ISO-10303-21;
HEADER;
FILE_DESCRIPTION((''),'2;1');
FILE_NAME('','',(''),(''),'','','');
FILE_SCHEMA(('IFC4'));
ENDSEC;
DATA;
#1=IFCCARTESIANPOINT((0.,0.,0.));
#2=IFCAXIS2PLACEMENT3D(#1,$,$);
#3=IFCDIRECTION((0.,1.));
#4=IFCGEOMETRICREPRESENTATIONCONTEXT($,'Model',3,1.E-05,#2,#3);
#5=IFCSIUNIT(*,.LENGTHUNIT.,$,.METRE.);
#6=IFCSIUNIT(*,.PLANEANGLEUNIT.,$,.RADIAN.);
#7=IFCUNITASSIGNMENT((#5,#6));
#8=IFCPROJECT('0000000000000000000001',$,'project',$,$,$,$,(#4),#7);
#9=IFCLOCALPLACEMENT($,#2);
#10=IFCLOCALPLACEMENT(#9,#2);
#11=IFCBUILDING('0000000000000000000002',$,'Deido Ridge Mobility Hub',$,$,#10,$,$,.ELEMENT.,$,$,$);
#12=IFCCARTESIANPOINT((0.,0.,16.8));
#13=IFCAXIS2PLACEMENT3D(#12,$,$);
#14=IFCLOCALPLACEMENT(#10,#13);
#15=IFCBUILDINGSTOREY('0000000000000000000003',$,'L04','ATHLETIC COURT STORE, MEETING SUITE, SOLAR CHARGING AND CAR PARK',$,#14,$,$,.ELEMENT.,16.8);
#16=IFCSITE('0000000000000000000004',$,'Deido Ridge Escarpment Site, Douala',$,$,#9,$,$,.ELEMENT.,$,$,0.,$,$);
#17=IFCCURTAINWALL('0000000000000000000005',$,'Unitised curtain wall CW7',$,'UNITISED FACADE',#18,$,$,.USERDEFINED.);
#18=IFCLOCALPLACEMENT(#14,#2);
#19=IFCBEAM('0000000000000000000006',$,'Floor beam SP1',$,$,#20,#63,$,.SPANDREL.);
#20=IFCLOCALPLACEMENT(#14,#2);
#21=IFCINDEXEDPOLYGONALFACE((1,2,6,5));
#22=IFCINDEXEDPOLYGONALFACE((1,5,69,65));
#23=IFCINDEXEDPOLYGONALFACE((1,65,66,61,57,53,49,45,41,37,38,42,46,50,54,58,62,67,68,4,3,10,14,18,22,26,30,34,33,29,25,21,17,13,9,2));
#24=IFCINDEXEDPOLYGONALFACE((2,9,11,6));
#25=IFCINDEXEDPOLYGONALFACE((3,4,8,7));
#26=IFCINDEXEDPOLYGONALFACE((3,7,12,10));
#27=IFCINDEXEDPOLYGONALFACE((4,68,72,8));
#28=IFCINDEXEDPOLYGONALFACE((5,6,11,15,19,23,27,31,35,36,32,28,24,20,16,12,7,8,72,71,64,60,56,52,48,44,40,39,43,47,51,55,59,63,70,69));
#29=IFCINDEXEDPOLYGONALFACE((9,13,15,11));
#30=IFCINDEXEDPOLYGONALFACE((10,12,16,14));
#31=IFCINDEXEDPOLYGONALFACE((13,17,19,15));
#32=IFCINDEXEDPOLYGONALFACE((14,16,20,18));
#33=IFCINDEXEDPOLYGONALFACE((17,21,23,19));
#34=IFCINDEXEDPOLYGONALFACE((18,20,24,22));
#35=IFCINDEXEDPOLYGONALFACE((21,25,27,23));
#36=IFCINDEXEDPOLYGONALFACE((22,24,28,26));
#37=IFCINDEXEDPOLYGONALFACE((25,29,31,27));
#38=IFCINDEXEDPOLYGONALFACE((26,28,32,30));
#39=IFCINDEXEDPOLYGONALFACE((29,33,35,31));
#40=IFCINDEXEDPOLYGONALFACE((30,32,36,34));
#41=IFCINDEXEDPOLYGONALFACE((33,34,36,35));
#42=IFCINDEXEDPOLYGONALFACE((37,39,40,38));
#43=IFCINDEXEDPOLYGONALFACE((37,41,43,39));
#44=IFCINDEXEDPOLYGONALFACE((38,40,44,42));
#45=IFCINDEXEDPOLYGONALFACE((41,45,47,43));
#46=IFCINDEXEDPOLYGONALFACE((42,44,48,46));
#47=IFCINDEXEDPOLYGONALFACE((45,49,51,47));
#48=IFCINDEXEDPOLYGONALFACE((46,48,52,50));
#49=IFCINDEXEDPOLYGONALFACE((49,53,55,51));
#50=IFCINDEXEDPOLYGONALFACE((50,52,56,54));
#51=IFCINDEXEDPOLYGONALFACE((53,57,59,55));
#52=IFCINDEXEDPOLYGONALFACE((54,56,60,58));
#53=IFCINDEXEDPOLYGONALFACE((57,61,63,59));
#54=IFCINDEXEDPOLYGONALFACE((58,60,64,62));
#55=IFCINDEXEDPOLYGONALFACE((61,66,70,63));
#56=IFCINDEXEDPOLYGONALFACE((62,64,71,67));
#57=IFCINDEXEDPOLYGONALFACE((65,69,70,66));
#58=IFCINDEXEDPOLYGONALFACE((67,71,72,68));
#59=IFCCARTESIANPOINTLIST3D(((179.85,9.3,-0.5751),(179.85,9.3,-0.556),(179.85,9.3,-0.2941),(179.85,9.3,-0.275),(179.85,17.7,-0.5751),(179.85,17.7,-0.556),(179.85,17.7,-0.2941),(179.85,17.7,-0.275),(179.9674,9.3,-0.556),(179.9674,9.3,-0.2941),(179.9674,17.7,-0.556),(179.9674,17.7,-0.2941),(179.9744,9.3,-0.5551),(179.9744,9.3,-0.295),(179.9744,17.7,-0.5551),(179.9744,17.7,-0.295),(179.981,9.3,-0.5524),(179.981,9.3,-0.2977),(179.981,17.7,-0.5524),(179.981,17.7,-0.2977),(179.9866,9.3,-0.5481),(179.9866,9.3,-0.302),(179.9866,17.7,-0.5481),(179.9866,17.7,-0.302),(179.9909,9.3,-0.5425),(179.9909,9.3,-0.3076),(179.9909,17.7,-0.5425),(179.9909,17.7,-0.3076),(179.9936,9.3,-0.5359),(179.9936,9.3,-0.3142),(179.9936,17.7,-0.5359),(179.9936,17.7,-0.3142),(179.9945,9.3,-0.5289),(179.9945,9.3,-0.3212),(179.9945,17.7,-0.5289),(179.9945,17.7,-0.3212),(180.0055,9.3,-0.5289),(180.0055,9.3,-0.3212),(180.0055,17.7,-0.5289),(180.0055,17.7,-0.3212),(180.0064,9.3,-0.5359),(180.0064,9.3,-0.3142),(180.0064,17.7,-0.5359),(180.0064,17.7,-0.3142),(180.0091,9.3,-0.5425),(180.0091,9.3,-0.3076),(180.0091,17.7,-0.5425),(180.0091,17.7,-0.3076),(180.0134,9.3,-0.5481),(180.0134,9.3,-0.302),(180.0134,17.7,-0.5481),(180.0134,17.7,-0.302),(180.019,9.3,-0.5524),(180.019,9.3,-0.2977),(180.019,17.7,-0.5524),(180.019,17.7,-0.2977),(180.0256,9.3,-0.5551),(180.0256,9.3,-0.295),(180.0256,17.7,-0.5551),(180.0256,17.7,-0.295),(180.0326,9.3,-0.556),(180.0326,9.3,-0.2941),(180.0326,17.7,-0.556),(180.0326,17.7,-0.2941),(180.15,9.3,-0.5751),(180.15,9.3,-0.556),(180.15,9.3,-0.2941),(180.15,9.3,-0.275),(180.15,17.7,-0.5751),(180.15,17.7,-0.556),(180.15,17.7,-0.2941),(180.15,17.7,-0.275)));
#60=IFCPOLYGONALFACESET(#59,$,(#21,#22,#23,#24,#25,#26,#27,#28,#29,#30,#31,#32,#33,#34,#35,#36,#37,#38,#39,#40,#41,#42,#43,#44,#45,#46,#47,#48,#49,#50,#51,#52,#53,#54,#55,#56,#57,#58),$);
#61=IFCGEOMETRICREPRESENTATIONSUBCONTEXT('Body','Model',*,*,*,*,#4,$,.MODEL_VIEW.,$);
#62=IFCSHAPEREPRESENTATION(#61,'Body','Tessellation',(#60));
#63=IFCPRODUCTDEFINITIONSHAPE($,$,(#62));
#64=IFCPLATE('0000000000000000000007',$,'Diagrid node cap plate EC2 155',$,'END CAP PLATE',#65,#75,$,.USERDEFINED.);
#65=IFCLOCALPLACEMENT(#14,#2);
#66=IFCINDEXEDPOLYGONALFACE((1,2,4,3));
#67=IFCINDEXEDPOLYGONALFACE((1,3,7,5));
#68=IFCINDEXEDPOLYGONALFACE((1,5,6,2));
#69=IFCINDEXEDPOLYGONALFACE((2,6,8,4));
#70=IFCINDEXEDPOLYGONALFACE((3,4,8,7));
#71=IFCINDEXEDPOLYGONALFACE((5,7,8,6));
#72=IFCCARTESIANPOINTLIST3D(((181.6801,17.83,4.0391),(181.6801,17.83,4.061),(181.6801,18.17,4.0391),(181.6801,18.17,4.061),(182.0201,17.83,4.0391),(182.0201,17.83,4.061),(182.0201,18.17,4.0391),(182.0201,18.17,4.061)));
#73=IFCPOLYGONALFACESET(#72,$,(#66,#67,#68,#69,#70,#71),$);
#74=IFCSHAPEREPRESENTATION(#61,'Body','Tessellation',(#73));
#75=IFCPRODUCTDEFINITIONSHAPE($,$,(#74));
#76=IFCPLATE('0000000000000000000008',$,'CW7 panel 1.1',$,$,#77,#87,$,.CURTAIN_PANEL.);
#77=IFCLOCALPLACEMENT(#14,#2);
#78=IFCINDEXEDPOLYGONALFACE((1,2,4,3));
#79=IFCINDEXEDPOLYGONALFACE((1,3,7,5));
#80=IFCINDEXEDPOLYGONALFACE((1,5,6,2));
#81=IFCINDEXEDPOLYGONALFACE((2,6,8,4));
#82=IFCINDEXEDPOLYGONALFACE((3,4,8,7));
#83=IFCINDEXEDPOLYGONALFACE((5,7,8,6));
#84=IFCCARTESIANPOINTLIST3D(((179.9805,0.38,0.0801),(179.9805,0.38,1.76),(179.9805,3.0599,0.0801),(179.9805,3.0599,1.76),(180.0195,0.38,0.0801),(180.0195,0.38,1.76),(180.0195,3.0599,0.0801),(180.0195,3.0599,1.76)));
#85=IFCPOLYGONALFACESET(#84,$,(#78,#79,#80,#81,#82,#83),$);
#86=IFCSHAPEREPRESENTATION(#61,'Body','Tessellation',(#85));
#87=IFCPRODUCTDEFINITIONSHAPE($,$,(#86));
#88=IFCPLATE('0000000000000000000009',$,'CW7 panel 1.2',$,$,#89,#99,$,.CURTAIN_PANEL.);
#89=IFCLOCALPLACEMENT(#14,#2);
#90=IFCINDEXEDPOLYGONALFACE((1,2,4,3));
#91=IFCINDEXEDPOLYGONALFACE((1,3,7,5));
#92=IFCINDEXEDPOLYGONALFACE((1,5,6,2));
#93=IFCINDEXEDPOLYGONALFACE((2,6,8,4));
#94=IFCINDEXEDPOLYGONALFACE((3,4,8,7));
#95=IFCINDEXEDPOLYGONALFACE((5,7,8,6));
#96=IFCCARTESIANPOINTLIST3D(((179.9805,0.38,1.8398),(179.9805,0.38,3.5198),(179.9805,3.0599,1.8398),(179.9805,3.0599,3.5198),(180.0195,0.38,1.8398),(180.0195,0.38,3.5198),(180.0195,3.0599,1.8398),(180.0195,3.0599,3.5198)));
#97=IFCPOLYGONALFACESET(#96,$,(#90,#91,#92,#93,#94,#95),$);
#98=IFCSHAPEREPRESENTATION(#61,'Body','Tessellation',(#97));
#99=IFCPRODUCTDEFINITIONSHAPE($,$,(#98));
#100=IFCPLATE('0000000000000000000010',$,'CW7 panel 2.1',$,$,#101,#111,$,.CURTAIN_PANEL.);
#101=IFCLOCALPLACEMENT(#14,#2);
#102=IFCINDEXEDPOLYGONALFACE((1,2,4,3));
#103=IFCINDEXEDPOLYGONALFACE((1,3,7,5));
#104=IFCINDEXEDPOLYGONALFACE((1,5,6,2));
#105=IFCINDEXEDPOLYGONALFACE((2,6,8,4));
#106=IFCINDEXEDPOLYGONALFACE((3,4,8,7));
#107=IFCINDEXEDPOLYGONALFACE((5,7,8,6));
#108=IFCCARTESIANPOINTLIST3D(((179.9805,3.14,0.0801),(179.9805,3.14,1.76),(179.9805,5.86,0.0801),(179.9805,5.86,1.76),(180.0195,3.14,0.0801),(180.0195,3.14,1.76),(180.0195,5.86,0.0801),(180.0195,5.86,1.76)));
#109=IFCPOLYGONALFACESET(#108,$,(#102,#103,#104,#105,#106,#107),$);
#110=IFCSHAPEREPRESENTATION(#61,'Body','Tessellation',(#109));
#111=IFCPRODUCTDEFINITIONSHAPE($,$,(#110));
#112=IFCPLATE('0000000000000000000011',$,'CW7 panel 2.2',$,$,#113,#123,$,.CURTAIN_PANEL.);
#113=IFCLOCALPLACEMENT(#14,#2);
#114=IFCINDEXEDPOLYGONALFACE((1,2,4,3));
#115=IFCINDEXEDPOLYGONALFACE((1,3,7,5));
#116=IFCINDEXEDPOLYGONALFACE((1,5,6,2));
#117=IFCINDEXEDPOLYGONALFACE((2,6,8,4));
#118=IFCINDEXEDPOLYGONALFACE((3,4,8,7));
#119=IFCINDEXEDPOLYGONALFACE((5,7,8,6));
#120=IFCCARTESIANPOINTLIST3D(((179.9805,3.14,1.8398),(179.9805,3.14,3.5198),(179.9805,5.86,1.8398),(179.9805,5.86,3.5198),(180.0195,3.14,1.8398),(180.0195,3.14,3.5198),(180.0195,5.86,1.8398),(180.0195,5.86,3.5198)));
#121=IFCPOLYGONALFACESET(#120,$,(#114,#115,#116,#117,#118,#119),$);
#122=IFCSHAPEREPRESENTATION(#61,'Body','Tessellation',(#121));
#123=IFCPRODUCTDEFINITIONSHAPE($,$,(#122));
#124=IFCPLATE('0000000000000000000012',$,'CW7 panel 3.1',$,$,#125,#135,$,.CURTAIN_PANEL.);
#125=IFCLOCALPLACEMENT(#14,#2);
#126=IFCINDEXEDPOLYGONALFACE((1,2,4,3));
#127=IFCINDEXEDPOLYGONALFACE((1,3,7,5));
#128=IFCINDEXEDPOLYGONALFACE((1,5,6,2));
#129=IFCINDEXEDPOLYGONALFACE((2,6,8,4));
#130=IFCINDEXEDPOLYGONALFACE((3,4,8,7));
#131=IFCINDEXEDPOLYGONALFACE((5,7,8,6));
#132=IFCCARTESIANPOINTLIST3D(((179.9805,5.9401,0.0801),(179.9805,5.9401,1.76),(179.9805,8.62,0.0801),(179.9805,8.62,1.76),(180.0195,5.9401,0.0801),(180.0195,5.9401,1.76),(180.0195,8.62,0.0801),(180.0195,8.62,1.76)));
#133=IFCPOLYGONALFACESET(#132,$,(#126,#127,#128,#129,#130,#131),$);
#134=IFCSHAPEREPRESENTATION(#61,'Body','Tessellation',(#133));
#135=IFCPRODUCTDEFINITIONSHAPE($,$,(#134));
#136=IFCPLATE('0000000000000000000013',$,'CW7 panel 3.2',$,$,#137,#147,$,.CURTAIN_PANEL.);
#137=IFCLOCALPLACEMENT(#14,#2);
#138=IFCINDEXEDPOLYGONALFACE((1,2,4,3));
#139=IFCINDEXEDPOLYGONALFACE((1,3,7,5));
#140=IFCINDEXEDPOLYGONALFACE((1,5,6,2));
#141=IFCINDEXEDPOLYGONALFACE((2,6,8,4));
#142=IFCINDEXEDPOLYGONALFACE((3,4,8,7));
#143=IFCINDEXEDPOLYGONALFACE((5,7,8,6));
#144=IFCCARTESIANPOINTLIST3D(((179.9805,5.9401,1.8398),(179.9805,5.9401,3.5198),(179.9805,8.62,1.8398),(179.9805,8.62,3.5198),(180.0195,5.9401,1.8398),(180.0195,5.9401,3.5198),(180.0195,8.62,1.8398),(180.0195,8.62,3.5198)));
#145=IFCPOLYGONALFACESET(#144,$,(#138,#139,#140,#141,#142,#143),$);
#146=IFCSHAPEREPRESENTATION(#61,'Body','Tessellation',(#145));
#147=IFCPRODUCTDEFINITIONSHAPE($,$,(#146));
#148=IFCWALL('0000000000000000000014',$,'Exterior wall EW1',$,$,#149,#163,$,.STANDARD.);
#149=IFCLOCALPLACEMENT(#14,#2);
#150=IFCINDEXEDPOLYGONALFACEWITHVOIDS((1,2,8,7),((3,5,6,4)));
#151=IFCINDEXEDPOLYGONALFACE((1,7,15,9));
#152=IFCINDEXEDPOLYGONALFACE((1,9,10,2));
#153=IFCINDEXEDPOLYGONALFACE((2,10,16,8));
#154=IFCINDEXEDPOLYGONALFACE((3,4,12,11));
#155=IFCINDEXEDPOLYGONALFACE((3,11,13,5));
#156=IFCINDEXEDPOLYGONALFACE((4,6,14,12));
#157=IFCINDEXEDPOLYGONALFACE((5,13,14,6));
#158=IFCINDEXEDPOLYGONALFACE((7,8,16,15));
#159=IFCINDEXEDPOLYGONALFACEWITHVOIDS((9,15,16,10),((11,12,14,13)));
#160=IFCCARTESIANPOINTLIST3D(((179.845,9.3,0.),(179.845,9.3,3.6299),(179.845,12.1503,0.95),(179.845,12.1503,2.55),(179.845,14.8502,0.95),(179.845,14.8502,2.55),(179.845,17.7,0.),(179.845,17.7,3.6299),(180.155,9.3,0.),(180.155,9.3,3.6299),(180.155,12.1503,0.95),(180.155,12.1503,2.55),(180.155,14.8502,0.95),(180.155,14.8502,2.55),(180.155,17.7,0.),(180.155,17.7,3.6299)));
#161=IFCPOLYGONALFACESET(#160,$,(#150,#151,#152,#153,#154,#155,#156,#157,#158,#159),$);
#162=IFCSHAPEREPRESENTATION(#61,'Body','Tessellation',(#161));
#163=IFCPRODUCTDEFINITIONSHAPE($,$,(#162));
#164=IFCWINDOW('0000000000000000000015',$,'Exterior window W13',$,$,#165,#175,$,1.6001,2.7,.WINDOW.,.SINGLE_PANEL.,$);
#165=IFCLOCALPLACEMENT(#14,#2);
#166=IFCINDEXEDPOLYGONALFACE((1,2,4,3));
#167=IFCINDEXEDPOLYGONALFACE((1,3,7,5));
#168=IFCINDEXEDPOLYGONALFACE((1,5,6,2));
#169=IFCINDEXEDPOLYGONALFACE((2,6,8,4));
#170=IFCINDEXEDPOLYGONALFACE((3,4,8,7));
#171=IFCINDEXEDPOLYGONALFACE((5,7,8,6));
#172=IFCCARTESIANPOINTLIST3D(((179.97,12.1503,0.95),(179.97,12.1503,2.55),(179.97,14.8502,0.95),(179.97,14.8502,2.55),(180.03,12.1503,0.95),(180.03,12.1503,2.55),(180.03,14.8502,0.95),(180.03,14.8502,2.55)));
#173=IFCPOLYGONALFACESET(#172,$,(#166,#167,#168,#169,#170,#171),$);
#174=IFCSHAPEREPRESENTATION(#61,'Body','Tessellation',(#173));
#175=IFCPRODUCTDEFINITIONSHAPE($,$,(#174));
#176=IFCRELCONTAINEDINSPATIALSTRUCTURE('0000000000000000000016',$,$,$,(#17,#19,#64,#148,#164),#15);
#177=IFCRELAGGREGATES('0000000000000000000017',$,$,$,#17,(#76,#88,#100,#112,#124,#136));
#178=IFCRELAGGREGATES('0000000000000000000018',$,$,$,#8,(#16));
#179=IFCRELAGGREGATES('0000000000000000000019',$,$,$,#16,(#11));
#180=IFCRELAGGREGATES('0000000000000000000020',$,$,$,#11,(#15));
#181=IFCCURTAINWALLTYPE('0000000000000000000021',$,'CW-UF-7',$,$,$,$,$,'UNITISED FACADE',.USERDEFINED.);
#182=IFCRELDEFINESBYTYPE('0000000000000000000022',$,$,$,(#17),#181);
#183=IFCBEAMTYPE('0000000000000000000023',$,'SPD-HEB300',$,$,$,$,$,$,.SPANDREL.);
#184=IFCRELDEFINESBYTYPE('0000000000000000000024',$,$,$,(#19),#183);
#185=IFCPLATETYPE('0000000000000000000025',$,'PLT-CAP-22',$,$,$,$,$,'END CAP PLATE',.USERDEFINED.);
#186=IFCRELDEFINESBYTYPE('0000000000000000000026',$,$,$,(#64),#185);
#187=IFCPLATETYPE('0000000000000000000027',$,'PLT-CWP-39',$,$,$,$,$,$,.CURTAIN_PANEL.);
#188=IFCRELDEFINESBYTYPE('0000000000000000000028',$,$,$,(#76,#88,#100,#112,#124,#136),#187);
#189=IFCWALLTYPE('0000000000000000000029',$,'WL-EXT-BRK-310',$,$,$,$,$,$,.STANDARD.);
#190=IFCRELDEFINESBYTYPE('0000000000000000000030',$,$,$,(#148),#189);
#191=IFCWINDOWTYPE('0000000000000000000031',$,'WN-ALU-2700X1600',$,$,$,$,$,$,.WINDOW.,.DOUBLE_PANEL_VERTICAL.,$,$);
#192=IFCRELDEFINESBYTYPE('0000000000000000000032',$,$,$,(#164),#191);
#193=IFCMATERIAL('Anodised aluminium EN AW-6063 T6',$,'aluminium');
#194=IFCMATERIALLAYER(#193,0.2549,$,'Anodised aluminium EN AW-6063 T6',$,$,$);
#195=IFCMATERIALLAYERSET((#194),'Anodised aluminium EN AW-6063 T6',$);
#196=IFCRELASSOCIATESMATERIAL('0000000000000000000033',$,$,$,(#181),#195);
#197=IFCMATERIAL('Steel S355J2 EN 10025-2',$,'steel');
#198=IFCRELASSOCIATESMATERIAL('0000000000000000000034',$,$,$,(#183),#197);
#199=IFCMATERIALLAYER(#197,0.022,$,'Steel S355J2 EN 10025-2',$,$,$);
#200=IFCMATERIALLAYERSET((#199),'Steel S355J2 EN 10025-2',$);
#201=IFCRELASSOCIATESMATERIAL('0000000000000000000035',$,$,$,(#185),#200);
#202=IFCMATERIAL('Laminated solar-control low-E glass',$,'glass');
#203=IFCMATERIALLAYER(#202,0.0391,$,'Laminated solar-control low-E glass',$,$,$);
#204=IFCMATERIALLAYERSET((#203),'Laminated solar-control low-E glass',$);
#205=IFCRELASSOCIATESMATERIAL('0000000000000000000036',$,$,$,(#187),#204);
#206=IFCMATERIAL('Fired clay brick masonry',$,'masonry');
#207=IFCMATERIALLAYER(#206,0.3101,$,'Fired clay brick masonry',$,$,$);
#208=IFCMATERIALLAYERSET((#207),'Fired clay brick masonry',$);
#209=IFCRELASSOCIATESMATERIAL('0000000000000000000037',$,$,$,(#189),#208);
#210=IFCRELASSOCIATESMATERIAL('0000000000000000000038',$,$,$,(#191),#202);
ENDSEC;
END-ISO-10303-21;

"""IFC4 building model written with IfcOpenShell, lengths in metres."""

from ifc_helpers import new_model, si_unit, direction, frame, frame_2d, origin, origin_2d, place, context, subcontext, project, spatial, rectangle, i_section, extrude, material, layer, layer_set, material_profile, profile_set, type_object, element, fill, aggregate, save


model = new_model("IFC4")

# Units and contexts
model_context = context("Model", 3, precision=1e-05, world=origin(), true_north=direction((0.0, 1.0)))
body_context = subcontext(model_context, "Body", "Model", "MODEL_VIEW")
ifc_project = project(units=[si_unit("LENGTHUNIT", "METRE"), si_unit("PLANEANGLEUNIT", "RADIAN")], contexts=[model_context])

# Site, building, storey
site_placement = place(None, origin())
site = spatial("IfcSite", under=ifc_project, at=site_placement, Name="Deido Ridge Escarpment Site, Douala", CompositionType="ELEMENT", RefElevation=0.0)
building_placement = place(site_placement, origin())
building = spatial("IfcBuilding", under=site, at=building_placement, Name="Deido Ridge Mobility Hub", CompositionType="ELEMENT")
storey_placement = place(building_placement, frame((0.0, 0.0, 16.8)))
storey = spatial("IfcBuildingStorey", under=building, at=storey_placement, Name="L04", Description="ATHLETIC COURT STORE, MEETING SUITE, SOLAR CHARGING AND CAR PARK", CompositionType="ELEMENT", Elevation=16.8)

# Shared definitions
ifc_material_1 = material(Name="Steel S355J2 EN 10025-2", Category="steel")

# Curtain wall
ifc_material_2 = material(Name="Anodised aluminium EN AW-6063 T6", Category="aluminium")
ifc_layer_1 = layer(ifc_material_2, 0.2549, Name="Anodised aluminium EN AW-6063 T6")
ifc_layer_set_1 = layer_set([ifc_layer_1], Name="Anodised aluminium EN AW-6063 T6")
curtain_wall_type = type_object("IfcCurtainWallType", Name="CW-UF-7", ElementType="UNITISED FACADE", PredefinedType="USERDEFINED", material=ifc_layer_set_1)
curtain_wall_placement = place(storey_placement, origin())
curtain_wall = element("IfcCurtainWall", 1, at=curtain_wall_placement, inside=storey, type_object=curtain_wall_type, Name="Unitised curtain wall CW7", ObjectType="UNITISED FACADE", PredefinedType="USERDEFINED")

# Beam
ifc_material_profile_1 = material_profile(ifc_material_1, i_section(OverallWidth=0.3, OverallDepth=0.3, WebThickness=0.011, FlangeThickness=0.019, FilletRadius=0.0271, at=origin_2d()), Name="HEB 300")
ifc_profile_set_1 = profile_set([ifc_material_profile_1], Name="Steel S355J2 EN 10025-2")
beam_type_1 = type_object("IfcBeamType", Name="SPD-HEB300", PredefinedType="SPANDREL", material=ifc_profile_set_1)
beam_1_placement = place(storey_placement, frame((180.0, 9.3, -0.425), z_axis=(0.0, 1.0, 0.0), x_axis=(-1.0, 0.0, 0.0)))
element("IfcBeam", 2, at=beam_1_placement, inside=storey, type_object=beam_type_1, Name="Floor beam SP1", PredefinedType="SPANDREL", context=body_context, shape_type="SweptSolid", body=[
    extrude(i_section(OverallWidth=0.3, OverallDepth=0.3, WebThickness=0.011, FlangeThickness=0.019, FilletRadius=0.0271, at=origin_2d()), origin(), (0.0, 0.0, 1.0), 8.3999),
])

# Plates
ifc_layer_2 = layer(ifc_material_1, 0.022, Name="Steel S355J2 EN 10025-2")
ifc_layer_set_2 = layer_set([ifc_layer_2], Name="Steel S355J2 EN 10025-2")
plate_type_1 = type_object("IfcPlateType", Name="PLT-CAP-22", ElementType="END CAP PLATE", PredefinedType="USERDEFINED", material=ifc_layer_set_2)
plate_1_placement = place(storey_placement, frame((181.8501, 18.0, 4.0391), z_axis=(0.0, 0.0, 1.0), x_axis=(1.0, 0.0, 0.0)))
element("IfcPlate", 3, at=plate_1_placement, inside=storey, type_object=plate_type_1, Name="Diagrid node cap plate EC2 155", ObjectType="END CAP PLATE", PredefinedType="USERDEFINED", context=body_context, shape_type="SweptSolid", body=[
    extrude(rectangle(XDim=0.3401, YDim=0.3401, at=origin_2d()), origin(), (0.0, 0.0, 1.0), 0.022),
])
ifc_material_3 = material(Name="Laminated solar-control low-E glass", Category="glass")
ifc_layer_3 = layer(ifc_material_3, 0.0391, Name="Laminated solar-control low-E glass")
ifc_layer_set_3 = layer_set([ifc_layer_3], Name="Laminated solar-control low-E glass")
plate_type_2 = type_object("IfcPlateType", Name="PLT-CWP-39", PredefinedType="CURTAIN_PANEL", material=ifc_layer_set_3)
plate_2_placement = place(storey_placement, frame((180.0, 1.72, 0.0801), z_axis=(0.0, 0.0, 1.0), x_axis=(0.0, 1.0, 0.0)))
plate_2 = element("IfcPlate", 4, at=plate_2_placement, type_object=plate_type_2, Name="CW7 panel 1.1", PredefinedType="CURTAIN_PANEL", context=body_context, shape_type="SweptSolid", body=[
    extrude(rectangle(XDim=2.6799, YDim=0.0391, at=origin_2d()), origin(), (0.0, 0.0, 1.0), 1.6799),
])
plate_3_placement = place(storey_placement, frame((180.0, 1.72, 1.8398), z_axis=(0.0, 0.0, 1.0), x_axis=(0.0, 1.0, 0.0)))
plate_3 = element("IfcPlate", 5, at=plate_3_placement, type_object=plate_type_2, Name="CW7 panel 1.2", PredefinedType="CURTAIN_PANEL", context=body_context, shape_type="SweptSolid", body=[
    extrude(rectangle(XDim=2.6799, YDim=0.0391, at=origin_2d()), origin(), (0.0, 0.0, 1.0), 1.6799),
])
plate_4_placement = place(storey_placement, frame((180.0, 4.5, 0.0801), z_axis=(0.0, 0.0, 1.0), x_axis=(0.0, 1.0, 0.0)))
plate_4 = element("IfcPlate", 6, at=plate_4_placement, type_object=plate_type_2, Name="CW7 panel 2.1", PredefinedType="CURTAIN_PANEL", context=body_context, shape_type="SweptSolid", body=[
    extrude(rectangle(XDim=2.72, YDim=0.0391, at=origin_2d()), origin(), (0.0, 0.0, 1.0), 1.6799),
])
plate_5_placement = place(storey_placement, frame((180.0, 4.5, 1.8398), z_axis=(0.0, 0.0, 1.0), x_axis=(0.0, 1.0, 0.0)))
plate_5 = element("IfcPlate", 7, at=plate_5_placement, type_object=plate_type_2, Name="CW7 panel 2.2", PredefinedType="CURTAIN_PANEL", context=body_context, shape_type="SweptSolid", body=[
    extrude(rectangle(XDim=2.72, YDim=0.0391, at=origin_2d()), origin(), (0.0, 0.0, 1.0), 1.6799),
])
plate_6_placement = place(storey_placement, frame((180.0, 7.28, 0.0801), z_axis=(0.0, 0.0, 1.0), x_axis=(0.0, 1.0, 0.0)))
plate_6 = element("IfcPlate", 8, at=plate_6_placement, type_object=plate_type_2, Name="CW7 panel 3.1", PredefinedType="CURTAIN_PANEL", context=body_context, shape_type="SweptSolid", body=[
    extrude(rectangle(XDim=2.6799, YDim=0.0391, at=origin_2d()), origin(), (0.0, 0.0, 1.0), 1.6799),
])
plate_7_placement = place(storey_placement, frame((180.0, 7.28, 1.8398), z_axis=(0.0, 0.0, 1.0), x_axis=(0.0, 1.0, 0.0)))
plate_7 = element("IfcPlate", 9, at=plate_7_placement, type_object=plate_type_2, Name="CW7 panel 3.2", PredefinedType="CURTAIN_PANEL", context=body_context, shape_type="SweptSolid", body=[
    extrude(rectangle(XDim=2.6799, YDim=0.0391, at=origin_2d()), origin(), (0.0, 0.0, 1.0), 1.6799),
])
aggregate(curtain_wall, [plate_2, plate_3, plate_4, plate_5, plate_6, plate_7])

# Wall, opening, window
ifc_material_4 = material(Name="Fired clay brick masonry", Category="masonry")
ifc_layer_4 = layer(ifc_material_4, 0.3101, Name="Fired clay brick masonry")
ifc_layer_set_4 = layer_set([ifc_layer_4], Name="Fired clay brick masonry")
wall_type_1 = type_object("IfcWallType", Name="WL-EXT-BRK-310", PredefinedType="STANDARD", material=ifc_layer_set_4)
wall_1_placement = place(storey_placement, frame((180.0, 9.3, 0.0), z_axis=(0.0, 0.0, 1.0), x_axis=(0.0, 1.0, 0.0)))
wall_1 = element("IfcWall", 10, at=wall_1_placement, inside=storey, type_object=wall_type_1, Name="Exterior wall EW1", PredefinedType="STANDARD", context=body_context, shape_type="SweptSolid", body=[
    extrude(rectangle(XDim=8.3999, YDim=0.3101, at=frame_2d((4.2, 0.0))), origin(), (0.0, 0.0, 1.0), 3.6299),
])
opening_1_placement = place(wall_1_placement, frame((2.8501, 0.0, 0.95)))
opening_1 = element("IfcOpeningElement", 11, at=opening_1_placement, cuts=wall_1, PredefinedType="OPENING", context=body_context, shape_type="SweptSolid", body=[
    extrude(rectangle(XDim=2.7, YDim=1.6001, at=frame_2d((1.3501, 0.8))), frame((0.0, 0.165, 0.0), z_axis=(0.0, -1.0, 0.0), x_axis=(1.0, 0.0, 0.0)), (0.0, 0.0, 1.0), 0.3301),
])
window_type = type_object("IfcWindowType", Name="WN-ALU-2700X1600", PartitioningType="DOUBLE_PANEL_VERTICAL", PredefinedType="WINDOW", material=ifc_material_3)
window_placement = place(opening_1_placement, origin())
window = element("IfcWindow", 12, at=window_placement, inside=storey, type_object=window_type, Name="Exterior window W13", OverallHeight=1.6001, OverallWidth=2.7, PartitioningType="SINGLE_PANEL", PredefinedType="WINDOW", context=body_context, shape_type="SweptSolid", body=[
    extrude(rectangle(XDim=2.7, YDim=1.6001, at=frame_2d((1.3501, 0.8))), frame((0.0, 0.03, 0.0), z_axis=(0.0, -1.0, 0.0), x_axis=(1.0, 0.0, 0.0)), (0.0, 0.0, 1.0), 0.0601),
])
fill(opening_1, window)

save(model, "model.ifc")
